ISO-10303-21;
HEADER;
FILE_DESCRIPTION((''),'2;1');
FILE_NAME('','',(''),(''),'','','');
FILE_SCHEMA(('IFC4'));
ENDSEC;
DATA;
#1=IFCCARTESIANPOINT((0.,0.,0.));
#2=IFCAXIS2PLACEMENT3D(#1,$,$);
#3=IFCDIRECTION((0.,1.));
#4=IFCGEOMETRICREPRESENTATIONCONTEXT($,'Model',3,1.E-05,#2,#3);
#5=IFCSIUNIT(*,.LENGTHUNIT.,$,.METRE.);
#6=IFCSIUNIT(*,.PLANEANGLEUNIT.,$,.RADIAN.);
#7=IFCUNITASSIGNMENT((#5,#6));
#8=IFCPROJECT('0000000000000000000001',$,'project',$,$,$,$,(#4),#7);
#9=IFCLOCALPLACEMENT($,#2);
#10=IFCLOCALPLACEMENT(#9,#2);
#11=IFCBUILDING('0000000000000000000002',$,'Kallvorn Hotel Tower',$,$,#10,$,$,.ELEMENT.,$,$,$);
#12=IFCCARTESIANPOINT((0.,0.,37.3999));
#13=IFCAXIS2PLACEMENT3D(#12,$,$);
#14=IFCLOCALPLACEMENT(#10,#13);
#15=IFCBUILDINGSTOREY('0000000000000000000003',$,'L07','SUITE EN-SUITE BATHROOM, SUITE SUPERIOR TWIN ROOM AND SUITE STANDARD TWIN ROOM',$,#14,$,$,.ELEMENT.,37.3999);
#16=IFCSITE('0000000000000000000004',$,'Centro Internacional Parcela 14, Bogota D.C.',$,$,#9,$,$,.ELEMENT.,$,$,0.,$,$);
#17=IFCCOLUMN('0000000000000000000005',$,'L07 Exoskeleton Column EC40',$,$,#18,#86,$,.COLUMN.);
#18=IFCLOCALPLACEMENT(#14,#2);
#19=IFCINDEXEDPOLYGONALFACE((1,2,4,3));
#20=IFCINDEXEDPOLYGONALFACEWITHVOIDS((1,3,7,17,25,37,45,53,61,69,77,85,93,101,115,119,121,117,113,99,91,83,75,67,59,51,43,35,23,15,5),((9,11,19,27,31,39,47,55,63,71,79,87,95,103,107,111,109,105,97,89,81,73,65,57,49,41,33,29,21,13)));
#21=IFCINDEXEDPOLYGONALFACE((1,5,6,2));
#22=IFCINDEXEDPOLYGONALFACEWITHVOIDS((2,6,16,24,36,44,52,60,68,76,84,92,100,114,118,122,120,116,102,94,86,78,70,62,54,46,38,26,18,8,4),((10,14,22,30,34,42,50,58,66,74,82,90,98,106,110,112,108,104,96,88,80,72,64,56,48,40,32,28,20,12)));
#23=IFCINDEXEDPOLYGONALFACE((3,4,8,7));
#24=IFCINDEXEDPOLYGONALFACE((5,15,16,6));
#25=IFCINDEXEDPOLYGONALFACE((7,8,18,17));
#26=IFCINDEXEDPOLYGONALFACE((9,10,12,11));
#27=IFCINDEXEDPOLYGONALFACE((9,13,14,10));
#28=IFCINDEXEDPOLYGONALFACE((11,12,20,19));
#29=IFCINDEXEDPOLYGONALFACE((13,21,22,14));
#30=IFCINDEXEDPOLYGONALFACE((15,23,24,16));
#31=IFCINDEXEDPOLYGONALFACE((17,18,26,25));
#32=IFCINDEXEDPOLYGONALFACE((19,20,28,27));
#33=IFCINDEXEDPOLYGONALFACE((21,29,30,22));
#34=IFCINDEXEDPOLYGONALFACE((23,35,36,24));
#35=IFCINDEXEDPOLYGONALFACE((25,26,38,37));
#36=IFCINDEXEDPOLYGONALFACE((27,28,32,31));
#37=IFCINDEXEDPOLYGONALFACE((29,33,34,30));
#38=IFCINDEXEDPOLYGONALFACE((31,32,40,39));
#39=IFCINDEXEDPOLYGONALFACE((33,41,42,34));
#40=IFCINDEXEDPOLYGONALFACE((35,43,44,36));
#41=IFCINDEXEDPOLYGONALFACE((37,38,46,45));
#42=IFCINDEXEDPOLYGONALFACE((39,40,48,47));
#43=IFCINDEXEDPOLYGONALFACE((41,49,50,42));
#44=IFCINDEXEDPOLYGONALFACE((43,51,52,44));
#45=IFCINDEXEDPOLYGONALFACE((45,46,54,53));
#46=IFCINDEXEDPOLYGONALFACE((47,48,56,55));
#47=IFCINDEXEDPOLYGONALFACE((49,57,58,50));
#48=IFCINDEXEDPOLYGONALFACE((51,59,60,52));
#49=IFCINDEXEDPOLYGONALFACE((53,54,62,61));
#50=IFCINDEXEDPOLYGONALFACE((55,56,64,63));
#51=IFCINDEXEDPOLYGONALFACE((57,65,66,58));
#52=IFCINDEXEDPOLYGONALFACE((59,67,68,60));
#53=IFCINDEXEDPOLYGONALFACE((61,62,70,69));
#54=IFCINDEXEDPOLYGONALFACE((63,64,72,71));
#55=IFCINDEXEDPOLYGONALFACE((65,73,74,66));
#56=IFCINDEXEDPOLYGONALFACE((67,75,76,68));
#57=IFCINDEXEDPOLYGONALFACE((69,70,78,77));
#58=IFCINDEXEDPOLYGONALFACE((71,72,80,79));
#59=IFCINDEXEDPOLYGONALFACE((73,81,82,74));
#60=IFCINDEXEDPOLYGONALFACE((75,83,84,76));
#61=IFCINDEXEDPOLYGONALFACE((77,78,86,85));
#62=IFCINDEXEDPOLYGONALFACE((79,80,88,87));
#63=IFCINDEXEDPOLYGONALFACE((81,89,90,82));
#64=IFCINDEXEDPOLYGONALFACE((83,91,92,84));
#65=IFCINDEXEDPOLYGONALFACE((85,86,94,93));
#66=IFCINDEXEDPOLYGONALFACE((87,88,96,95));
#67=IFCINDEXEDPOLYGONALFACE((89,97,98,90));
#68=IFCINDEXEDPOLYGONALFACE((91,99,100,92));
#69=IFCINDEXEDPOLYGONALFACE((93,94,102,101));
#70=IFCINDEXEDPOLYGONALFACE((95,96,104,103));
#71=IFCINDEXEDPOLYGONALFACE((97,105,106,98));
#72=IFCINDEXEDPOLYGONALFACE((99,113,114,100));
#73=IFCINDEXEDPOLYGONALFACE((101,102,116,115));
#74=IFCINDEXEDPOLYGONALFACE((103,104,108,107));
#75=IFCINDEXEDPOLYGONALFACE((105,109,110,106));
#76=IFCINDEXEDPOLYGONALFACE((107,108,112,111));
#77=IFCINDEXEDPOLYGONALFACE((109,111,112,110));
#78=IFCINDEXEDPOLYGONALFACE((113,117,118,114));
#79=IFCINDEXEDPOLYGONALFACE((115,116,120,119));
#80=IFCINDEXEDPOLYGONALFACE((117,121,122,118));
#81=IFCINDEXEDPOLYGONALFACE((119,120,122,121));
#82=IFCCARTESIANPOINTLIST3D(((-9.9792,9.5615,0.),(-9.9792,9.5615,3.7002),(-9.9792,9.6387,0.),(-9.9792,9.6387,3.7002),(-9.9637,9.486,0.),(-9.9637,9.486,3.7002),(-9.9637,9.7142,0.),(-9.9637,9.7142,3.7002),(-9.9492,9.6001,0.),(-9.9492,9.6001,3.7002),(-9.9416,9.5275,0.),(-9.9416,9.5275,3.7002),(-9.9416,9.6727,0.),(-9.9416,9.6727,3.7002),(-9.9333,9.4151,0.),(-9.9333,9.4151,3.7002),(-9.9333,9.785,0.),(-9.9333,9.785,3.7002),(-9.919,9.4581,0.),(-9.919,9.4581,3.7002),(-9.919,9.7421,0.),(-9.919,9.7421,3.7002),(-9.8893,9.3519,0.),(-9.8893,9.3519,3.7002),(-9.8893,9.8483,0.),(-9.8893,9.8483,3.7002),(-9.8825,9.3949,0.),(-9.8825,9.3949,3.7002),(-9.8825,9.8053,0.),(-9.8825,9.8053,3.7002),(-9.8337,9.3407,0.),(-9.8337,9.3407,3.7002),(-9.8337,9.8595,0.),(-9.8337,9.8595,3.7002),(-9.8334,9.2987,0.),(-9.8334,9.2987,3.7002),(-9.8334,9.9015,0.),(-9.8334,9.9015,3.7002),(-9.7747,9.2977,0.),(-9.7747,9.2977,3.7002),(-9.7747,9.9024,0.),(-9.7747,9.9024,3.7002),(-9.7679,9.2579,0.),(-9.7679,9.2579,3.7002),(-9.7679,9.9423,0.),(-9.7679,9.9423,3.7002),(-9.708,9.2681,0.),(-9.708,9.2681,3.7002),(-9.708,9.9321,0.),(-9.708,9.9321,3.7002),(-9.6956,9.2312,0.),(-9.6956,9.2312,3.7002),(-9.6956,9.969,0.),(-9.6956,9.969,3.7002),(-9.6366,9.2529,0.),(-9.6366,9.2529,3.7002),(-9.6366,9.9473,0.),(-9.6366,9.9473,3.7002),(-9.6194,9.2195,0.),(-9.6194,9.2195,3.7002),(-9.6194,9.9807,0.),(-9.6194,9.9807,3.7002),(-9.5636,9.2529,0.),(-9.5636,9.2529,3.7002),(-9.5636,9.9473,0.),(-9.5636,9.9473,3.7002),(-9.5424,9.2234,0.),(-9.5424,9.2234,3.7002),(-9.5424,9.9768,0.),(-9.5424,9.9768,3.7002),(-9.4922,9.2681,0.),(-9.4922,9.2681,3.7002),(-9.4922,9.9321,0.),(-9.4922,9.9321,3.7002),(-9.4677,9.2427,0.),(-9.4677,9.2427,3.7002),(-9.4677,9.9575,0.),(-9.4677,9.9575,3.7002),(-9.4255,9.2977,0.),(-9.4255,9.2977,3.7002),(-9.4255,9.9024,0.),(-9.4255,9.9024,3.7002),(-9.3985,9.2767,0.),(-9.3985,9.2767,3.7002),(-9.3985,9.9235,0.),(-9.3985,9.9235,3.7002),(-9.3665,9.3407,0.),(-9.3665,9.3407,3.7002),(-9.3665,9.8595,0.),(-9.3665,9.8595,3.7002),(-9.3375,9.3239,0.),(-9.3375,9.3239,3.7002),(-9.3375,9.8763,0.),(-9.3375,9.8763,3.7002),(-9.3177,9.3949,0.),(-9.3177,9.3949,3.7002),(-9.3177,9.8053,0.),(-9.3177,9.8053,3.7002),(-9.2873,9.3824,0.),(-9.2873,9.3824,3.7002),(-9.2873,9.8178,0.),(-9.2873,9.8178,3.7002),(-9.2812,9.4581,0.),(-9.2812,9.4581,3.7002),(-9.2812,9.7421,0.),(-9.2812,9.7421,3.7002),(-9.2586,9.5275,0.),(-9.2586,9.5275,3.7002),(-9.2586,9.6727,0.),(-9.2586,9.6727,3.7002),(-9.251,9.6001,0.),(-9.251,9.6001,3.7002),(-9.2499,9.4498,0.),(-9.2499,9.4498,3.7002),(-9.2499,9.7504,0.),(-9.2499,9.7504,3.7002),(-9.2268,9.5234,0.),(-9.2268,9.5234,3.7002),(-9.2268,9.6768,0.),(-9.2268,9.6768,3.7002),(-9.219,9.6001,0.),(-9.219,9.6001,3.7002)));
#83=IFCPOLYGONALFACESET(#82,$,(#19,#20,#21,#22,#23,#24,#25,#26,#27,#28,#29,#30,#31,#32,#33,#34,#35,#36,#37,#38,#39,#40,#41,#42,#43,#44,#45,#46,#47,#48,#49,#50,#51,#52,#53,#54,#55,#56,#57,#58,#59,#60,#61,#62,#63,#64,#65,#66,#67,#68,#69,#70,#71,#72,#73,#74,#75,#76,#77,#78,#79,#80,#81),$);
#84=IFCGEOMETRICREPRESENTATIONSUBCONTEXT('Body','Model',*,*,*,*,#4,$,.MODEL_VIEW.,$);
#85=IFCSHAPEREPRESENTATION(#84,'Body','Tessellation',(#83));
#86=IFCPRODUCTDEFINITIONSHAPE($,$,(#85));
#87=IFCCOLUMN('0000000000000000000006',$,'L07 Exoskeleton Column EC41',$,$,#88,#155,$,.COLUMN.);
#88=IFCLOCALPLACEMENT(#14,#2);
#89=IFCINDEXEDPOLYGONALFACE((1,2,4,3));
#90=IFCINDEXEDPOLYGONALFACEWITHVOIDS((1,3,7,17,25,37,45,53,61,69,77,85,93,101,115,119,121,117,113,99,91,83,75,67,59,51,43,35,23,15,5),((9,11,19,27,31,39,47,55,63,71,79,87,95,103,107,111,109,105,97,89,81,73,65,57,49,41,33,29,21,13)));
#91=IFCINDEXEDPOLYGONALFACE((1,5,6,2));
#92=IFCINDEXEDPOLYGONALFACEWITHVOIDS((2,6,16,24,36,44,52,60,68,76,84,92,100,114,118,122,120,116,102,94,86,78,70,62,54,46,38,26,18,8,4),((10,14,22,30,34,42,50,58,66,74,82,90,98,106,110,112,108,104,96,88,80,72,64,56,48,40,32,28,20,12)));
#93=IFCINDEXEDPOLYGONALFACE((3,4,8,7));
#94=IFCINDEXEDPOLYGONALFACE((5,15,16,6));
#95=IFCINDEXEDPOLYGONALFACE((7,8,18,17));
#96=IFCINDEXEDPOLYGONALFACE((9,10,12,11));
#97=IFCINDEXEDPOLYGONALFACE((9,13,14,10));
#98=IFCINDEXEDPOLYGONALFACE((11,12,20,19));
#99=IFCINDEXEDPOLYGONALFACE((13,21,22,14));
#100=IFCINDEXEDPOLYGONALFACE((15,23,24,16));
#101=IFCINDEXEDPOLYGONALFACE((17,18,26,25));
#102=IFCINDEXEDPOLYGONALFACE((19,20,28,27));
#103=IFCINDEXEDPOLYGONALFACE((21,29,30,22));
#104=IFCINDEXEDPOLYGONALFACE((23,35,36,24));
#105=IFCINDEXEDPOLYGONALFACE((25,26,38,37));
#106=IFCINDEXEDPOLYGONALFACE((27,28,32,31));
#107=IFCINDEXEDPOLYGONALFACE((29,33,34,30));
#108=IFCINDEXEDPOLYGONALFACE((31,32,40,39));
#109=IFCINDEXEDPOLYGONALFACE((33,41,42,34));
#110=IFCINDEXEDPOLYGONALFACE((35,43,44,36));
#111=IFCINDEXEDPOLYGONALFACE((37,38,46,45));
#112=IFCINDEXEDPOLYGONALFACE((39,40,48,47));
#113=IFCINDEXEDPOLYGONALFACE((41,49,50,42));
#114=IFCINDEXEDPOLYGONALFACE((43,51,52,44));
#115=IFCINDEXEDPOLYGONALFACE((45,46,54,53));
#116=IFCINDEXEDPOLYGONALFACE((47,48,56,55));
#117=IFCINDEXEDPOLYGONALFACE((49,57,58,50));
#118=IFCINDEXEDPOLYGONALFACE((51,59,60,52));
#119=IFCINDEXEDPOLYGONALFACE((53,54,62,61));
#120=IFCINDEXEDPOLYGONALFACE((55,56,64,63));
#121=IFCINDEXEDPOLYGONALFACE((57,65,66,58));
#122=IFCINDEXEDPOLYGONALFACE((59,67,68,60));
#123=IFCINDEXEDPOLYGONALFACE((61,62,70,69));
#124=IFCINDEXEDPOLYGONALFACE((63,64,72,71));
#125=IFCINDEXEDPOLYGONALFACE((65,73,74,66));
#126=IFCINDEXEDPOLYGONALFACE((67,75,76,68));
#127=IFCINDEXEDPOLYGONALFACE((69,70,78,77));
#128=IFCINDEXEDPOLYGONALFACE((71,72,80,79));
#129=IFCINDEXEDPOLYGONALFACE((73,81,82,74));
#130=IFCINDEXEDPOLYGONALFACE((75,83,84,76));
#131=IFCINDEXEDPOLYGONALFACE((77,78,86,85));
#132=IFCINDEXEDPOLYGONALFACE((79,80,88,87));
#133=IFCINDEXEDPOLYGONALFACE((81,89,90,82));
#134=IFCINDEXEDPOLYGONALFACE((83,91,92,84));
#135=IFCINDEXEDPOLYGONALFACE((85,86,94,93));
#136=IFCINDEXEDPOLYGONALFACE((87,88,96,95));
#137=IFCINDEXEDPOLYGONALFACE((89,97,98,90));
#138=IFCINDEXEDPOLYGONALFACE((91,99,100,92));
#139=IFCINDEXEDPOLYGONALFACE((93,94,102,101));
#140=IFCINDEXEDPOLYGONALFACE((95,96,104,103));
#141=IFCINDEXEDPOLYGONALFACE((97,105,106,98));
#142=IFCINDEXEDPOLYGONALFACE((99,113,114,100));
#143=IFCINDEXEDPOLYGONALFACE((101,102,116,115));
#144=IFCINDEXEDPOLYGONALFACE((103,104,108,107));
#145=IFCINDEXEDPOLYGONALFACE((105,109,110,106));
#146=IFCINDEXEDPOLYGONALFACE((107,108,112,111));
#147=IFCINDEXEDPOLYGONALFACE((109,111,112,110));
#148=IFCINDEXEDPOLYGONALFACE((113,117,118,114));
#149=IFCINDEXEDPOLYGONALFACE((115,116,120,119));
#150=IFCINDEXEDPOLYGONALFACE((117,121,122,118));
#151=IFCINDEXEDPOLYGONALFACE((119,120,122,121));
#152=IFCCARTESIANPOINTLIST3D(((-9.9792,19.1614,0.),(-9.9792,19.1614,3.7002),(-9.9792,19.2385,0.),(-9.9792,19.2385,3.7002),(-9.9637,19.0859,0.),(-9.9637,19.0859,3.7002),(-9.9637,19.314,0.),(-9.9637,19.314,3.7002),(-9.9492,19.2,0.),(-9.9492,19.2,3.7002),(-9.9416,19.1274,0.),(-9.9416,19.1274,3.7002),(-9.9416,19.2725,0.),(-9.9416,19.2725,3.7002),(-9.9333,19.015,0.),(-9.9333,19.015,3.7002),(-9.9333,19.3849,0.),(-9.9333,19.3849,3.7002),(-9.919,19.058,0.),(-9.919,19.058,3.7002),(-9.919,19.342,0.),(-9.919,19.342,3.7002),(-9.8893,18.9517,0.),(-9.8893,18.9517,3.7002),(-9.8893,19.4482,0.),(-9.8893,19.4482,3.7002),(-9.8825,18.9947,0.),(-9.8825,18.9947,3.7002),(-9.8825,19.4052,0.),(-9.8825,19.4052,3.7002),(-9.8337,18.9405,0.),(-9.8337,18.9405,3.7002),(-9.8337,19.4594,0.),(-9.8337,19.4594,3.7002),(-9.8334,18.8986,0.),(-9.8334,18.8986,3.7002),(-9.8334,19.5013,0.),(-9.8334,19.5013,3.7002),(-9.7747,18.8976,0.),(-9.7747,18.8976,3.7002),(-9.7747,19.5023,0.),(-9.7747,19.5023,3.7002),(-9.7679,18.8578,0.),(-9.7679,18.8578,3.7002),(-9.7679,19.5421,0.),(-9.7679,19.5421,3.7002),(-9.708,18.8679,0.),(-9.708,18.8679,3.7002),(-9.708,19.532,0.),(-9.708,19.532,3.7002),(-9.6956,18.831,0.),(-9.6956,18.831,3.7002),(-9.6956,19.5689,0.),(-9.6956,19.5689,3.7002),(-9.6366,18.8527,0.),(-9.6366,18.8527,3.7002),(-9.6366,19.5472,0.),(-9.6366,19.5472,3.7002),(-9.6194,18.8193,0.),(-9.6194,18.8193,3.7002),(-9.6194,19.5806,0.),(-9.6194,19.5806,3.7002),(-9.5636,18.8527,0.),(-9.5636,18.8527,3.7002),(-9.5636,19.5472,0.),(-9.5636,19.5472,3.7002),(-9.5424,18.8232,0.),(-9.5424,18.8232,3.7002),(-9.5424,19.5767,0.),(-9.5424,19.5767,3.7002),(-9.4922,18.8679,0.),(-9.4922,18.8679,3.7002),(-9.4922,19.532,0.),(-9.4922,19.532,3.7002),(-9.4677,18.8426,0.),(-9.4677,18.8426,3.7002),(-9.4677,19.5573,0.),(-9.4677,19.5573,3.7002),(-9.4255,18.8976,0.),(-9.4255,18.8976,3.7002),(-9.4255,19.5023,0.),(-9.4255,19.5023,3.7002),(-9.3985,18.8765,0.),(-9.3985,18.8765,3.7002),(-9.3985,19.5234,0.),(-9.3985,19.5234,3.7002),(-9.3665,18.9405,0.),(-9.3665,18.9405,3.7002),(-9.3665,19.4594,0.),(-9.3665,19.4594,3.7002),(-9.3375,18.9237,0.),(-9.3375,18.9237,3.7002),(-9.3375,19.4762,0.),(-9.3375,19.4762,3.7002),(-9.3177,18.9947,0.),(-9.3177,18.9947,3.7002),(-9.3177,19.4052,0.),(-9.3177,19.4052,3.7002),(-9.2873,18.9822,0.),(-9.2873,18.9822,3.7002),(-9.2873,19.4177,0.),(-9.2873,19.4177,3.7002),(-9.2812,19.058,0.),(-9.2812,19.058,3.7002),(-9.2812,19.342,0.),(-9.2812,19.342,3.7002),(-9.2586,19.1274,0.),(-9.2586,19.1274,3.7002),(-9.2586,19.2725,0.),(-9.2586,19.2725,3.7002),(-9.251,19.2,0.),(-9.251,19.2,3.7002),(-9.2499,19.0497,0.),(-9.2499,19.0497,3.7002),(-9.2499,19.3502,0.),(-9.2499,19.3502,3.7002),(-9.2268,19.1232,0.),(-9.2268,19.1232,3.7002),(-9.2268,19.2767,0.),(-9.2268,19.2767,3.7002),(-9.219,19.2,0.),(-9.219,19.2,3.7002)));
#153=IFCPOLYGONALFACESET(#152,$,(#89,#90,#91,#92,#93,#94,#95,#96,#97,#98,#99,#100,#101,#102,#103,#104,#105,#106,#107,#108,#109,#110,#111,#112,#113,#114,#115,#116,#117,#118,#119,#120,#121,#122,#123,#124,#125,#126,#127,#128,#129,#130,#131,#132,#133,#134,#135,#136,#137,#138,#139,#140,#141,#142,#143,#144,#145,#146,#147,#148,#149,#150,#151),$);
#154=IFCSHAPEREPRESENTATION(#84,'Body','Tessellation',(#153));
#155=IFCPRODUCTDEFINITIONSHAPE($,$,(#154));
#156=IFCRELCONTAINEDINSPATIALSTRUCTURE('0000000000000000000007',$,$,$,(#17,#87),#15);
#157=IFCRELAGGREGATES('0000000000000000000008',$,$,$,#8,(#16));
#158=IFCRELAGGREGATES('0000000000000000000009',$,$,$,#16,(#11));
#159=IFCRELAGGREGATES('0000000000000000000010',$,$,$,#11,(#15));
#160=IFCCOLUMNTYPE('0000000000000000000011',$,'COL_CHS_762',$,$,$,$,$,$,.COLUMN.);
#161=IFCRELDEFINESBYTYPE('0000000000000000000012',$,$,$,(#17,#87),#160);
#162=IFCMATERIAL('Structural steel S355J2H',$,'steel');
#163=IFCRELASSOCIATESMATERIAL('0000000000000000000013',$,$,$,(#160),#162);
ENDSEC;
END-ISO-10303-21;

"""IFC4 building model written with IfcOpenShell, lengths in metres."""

from ifc_helpers import new_model, si_unit, direction, frame, origin, origin_2d, place, context, subcontext, project, spatial, hollow_circle, extrude, material, material_profile, profile_set, type_object, element, save


model = new_model("IFC4")

# Units and contexts
model_context = context("Model", 3, precision=1e-05, world=origin(), true_north=direction((0.0, 1.0)))
body_context = subcontext(model_context, "Body", "Model", "MODEL_VIEW")
ifc_project = project(units=[si_unit("LENGTHUNIT", "METRE"), si_unit("PLANEANGLEUNIT", "RADIAN")], contexts=[model_context])

# Site, building, storey
site_placement = place(None, origin())
site = spatial("IfcSite", under=ifc_project, at=site_placement, Name="Centro Internacional Parcela 14, Bogota D.C.", CompositionType="ELEMENT", RefElevation=0.0)
building_placement = place(site_placement, origin())
building = spatial("IfcBuilding", under=site, at=building_placement, Name="Kallvorn Hotel Tower", CompositionType="ELEMENT")
storey_placement = place(building_placement, frame((0.0, 0.0, 37.3999)))
storey = spatial("IfcBuildingStorey", under=building, at=storey_placement, Name="L07", Description="SUITE EN-SUITE BATHROOM, SUITE SUPERIOR TWIN ROOM AND SUITE STANDARD TWIN ROOM", CompositionType="ELEMENT", Elevation=37.3999)

# Columns
ifc_material_1 = material(Name="Structural steel S355J2H", Category="steel")
ifc_material_profile_1 = material_profile(ifc_material_1, hollow_circle(Radius=0.3811, WallThickness=0.032, at=origin_2d()), Name="CHS 762x32")
ifc_profile_set_1 = profile_set([ifc_material_profile_1], Name="Structural steel S355J2H")
column_type_1 = type_object("IfcColumnType", Name="COL_CHS_762", PredefinedType="COLUMN", material=ifc_profile_set_1)
for number, where, z_axis, x_axis, name in (
    (1, (-9.6001, 9.6001, 0.0), (0.0, 0.0, 1.0), (1.0, 0.0, 0.0), "L07 Exoskeleton Column EC40"),
    (2, (-9.6001, 19.2, 0.0), (0.0, 0.0, 1.0), (1.0, 0.0, 0.0), "L07 Exoskeleton Column EC41"),
):
    element("IfcColumn", number, at=place(storey_placement, frame(where, z_axis=z_axis, x_axis=x_axis)), inside=storey, type_object=column_type_1, Name=name, PredefinedType="COLUMN", context=body_context, shape_type="SweptSolid", body=[
        extrude(hollow_circle(Radius=0.3811, WallThickness=0.032, at=origin_2d()), origin(), (0.0, 0.0, 1.0), 3.7002),
    ])

save(model, "model.ifc")
